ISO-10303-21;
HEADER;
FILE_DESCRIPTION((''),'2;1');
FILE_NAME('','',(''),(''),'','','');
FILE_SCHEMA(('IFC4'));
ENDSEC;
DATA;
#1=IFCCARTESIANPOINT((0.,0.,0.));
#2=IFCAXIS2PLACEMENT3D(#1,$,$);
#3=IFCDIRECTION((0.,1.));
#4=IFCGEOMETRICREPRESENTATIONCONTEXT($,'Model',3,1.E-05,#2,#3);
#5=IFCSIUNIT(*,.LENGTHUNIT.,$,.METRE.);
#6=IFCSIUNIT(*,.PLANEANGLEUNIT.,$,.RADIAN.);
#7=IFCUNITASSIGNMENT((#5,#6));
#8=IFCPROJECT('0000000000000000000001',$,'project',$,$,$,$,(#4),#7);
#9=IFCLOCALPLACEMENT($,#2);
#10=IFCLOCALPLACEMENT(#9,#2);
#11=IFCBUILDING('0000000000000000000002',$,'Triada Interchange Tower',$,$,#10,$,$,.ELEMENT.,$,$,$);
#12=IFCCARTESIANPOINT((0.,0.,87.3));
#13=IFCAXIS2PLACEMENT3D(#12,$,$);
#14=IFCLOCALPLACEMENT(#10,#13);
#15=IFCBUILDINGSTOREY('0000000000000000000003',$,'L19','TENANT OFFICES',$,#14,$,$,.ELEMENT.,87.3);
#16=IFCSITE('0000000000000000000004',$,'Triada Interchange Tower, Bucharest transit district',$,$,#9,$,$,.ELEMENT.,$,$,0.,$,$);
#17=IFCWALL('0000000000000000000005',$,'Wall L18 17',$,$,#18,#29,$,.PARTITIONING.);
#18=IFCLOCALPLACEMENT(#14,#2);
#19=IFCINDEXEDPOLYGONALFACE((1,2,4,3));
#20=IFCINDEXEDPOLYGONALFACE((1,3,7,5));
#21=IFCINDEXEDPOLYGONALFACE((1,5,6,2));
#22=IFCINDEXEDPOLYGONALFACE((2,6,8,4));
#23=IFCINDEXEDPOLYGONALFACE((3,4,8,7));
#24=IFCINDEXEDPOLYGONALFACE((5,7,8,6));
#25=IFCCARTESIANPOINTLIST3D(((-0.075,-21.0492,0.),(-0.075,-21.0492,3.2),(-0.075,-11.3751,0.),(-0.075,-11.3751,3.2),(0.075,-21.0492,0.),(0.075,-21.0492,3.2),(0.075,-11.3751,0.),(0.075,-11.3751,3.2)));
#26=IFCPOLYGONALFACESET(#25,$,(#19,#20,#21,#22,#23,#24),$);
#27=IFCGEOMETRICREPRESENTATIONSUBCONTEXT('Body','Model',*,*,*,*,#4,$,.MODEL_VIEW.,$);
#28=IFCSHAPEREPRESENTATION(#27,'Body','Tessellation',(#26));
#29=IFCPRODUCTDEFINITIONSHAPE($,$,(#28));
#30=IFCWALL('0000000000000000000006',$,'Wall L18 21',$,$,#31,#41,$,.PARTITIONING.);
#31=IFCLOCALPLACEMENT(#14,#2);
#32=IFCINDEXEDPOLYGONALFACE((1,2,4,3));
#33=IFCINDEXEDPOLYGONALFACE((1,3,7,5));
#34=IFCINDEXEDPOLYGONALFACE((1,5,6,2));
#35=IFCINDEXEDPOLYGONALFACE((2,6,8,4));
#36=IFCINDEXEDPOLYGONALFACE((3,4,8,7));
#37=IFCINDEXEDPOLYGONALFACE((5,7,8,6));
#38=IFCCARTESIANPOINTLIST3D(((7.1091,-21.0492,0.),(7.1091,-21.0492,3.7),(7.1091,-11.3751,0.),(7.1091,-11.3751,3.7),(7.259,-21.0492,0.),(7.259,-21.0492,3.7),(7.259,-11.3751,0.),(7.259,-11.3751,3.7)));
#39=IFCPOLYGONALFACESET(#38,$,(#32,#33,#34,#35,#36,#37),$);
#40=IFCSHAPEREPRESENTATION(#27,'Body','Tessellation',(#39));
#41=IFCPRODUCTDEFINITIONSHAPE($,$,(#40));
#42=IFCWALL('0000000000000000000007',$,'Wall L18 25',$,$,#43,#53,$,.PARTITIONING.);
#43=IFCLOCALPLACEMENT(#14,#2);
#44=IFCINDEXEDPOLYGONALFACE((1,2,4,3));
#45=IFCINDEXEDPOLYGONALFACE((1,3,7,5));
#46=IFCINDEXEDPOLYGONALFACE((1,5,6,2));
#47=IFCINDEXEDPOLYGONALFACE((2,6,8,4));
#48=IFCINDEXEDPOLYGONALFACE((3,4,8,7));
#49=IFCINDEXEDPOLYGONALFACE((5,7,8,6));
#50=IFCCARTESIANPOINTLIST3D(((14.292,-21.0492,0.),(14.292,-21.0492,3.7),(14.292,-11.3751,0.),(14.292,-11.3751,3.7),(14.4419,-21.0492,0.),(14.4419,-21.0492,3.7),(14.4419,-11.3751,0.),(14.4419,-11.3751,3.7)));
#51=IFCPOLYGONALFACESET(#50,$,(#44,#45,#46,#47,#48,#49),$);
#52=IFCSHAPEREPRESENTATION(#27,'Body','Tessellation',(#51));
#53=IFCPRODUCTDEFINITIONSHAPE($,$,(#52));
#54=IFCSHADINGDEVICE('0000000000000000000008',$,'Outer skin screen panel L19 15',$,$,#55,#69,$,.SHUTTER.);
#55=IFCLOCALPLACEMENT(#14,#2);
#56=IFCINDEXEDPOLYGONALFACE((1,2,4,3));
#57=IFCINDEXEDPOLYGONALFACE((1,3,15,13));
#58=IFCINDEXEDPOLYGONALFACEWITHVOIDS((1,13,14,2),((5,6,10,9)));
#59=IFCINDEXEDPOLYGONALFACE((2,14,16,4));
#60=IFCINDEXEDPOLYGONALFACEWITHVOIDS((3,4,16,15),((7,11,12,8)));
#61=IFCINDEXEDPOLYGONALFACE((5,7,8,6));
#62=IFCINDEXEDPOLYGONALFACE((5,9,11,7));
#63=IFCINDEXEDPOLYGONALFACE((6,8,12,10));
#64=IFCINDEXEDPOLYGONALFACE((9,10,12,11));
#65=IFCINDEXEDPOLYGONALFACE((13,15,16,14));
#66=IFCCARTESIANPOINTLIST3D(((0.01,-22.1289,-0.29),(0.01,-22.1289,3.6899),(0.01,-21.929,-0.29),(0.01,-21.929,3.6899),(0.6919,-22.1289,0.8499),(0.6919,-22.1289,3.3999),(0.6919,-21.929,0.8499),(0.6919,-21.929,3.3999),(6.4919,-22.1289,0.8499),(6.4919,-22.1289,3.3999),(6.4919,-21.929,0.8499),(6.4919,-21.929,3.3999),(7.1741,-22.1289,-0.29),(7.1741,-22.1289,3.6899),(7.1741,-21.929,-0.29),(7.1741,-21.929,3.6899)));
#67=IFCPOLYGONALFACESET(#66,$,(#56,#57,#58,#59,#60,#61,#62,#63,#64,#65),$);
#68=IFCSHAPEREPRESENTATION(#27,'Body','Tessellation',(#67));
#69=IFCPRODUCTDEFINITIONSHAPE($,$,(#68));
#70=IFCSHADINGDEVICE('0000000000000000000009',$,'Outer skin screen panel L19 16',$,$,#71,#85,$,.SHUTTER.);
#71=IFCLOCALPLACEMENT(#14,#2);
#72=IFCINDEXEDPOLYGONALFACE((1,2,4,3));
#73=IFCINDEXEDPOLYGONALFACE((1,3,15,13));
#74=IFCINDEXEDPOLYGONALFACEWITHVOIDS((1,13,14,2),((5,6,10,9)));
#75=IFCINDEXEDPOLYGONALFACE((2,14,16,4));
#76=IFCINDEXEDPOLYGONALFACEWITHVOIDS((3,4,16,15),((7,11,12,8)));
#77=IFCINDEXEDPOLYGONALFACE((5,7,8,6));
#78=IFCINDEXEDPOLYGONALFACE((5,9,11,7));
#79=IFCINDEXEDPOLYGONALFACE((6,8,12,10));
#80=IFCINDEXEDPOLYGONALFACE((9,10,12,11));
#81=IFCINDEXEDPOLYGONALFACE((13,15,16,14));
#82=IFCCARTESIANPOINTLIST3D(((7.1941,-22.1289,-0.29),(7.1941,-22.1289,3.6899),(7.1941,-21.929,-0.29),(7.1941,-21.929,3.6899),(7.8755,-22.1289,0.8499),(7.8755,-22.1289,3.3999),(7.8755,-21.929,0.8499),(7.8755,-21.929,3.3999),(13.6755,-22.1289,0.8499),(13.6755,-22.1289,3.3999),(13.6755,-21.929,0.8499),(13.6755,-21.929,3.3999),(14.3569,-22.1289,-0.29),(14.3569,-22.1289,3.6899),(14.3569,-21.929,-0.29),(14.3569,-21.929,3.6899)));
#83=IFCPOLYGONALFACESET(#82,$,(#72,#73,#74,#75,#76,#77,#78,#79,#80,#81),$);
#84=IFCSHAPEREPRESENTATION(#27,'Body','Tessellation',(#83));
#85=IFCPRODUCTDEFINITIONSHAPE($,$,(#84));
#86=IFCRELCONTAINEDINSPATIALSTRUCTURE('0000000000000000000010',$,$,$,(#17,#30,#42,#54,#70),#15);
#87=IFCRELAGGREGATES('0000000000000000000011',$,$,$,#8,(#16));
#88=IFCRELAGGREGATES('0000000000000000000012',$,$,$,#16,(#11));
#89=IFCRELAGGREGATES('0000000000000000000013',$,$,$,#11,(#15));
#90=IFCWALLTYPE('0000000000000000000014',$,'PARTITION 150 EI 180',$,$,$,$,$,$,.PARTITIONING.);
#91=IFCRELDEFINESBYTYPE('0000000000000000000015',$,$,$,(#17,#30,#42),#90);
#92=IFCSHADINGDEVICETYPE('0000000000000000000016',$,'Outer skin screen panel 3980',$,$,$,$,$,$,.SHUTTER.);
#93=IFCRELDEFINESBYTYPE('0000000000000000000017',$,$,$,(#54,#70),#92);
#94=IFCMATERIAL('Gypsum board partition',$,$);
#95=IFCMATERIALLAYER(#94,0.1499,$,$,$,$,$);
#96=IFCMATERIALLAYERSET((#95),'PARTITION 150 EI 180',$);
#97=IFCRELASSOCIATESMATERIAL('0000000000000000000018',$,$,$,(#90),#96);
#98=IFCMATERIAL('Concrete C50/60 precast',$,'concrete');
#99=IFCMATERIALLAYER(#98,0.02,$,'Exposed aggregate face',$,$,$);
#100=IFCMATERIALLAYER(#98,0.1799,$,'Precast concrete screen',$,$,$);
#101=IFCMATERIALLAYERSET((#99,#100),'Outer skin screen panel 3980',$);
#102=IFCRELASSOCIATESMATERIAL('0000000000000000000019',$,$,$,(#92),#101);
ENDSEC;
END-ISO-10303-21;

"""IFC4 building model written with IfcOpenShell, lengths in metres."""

from ifc_helpers import new_model, si_unit, direction, frame, frame_2d, origin, place, context, subcontext, project, spatial, polyline, rectangle, outline, extrude, material, layer, layer_set, type_object, element, save


model = new_model("IFC4")

# Units and contexts
model_context = context("Model", 3, precision=1e-05, world=origin(), true_north=direction((0.0, 1.0)))
body_context = subcontext(model_context, "Body", "Model", "MODEL_VIEW")
ifc_project = project(units=[si_unit("LENGTHUNIT", "METRE"), si_unit("PLANEANGLEUNIT", "RADIAN")], contexts=[model_context])

# Site, building, storey
site_placement = place(None, origin())
site = spatial("IfcSite", under=ifc_project, at=site_placement, Name="Triada Interchange Tower, Bucharest transit district", CompositionType="ELEMENT", RefElevation=0.0)
building_placement = place(site_placement, origin())
building = spatial("IfcBuilding", under=site, at=building_placement, Name="Triada Interchange Tower", CompositionType="ELEMENT")
storey_placement = place(building_placement, frame((0.0, 0.0, 87.3)))
storey = spatial("IfcBuildingStorey", under=building, at=storey_placement, Name="L19", Description="TENANT OFFICES", CompositionType="ELEMENT", Elevation=87.3)

# Walls
ifc_material_1 = material(Name="Gypsum board partition")
ifc_layer_1 = layer(ifc_material_1, 0.1499)
ifc_layer_set_1 = layer_set([ifc_layer_1], Name="PARTITION 150 EI 180")
wall_type_1 = type_object("IfcWallType", Name="PARTITION 150 EI 180", PredefinedType="PARTITIONING", material=ifc_layer_set_1)
wall_1_placement = place(storey_placement, frame((0.0, -21.0491, 0.0), z_axis=(0.0, 0.0, 1.0), x_axis=(0.0, 1.0, 0.0)))
element("IfcWall", 1, at=wall_1_placement, inside=storey, type_object=wall_type_1, Name="Wall L18 17", PredefinedType="PARTITIONING", context=body_context, shape_type="SweptSolid", body=[
    extrude(rectangle(XDim=9.6741, YDim=0.1499, at=frame_2d((4.8369, 0.0))), origin(), (0.0, 0.0, 1.0), 3.2),
])
for number, where, z_axis, x_axis, name in (
    (2, (7.1841, -21.0491, 0.0), (0.0, 0.0, 1.0), (0.0, 1.0, 0.0), "Wall L18 21"),
    (3, (14.3669, -21.0491, 0.0), (0.0, 0.0, 1.0), (0.0, 1.0, 0.0), "Wall L18 25"),
):
    element("IfcWall", number, at=place(storey_placement, frame(where, z_axis=z_axis, x_axis=x_axis)), inside=storey, type_object=wall_type_1, Name=name, PredefinedType="PARTITIONING", context=body_context, shape_type="SweptSolid", body=[
        extrude(rectangle(XDim=9.6741, YDim=0.1499, at=frame_2d((4.8369, 0.0))), origin(), (0.0, 0.0, 1.0), 3.7),
    ])

# Shading devices
ifc_material_2 = material(Name="Concrete C50/60 precast", Category="concrete")
ifc_layer_2 = layer(ifc_material_2, 0.02, Name="Exposed aggregate face")
ifc_layer_3 = layer(ifc_material_2, 0.1799, Name="Precast concrete screen")
ifc_layer_set_2 = layer_set([ifc_layer_2, ifc_layer_3], Name="Outer skin screen panel 3980")
shading_device_type = type_object("IfcShadingDeviceType", Name="Outer skin screen panel 3980", PredefinedType="SHUTTER", material=ifc_layer_set_2)
shading_device_1_placement = place(storey_placement, frame((0.01, -21.929, -0.29), z_axis=(0.0, 0.0, 1.0), x_axis=(1.0, 0.0, 0.0)))
element("IfcShadingDevice", 4, at=shading_device_1_placement, inside=storey, type_object=shading_device_type, Name="Outer skin screen panel L19 15", PredefinedType="SHUTTER", context=body_context, shape_type="SweptSolid", body=[
    extrude(outline(polyline([(0.0, 0.0), (7.1641, 0.0), (7.1641, 3.98), (0.0, 3.98), (0.0, 0.0)]), holes=[polyline([(0.6819, 1.1399), (0.6819, 3.6899), (6.4819, 3.6899), (6.4819, 1.1399), (0.6819, 1.1399)])]), frame((0.0, 0.0, 0.0), z_axis=(0.0, -1.0, 0.0), x_axis=(1.0, 0.0, 0.0)), (0.0, 0.0, 1.0), 0.2),
])
shading_device_2_placement = place(storey_placement, frame((7.1941, -21.929, -0.29), z_axis=(0.0, 0.0, 1.0), x_axis=(1.0, 0.0, 0.0)))
element("IfcShadingDevice", 5, at=shading_device_2_placement, inside=storey, type_object=shading_device_type, Name="Outer skin screen panel L19 16", PredefinedType="SHUTTER", context=body_context, shape_type="SweptSolid", body=[
    extrude(outline(polyline([(0.0, 0.0), (7.1628, 0.0), (7.1628, 3.98), (0.0, 3.98), (0.0, 0.0)]), holes=[polyline([(0.6814, 1.1399), (0.6814, 3.6899), (6.4814, 3.6899), (6.4814, 1.1399), (0.6814, 1.1399)])]), frame((0.0, 0.0, 0.0), z_axis=(0.0, -1.0, 0.0), x_axis=(1.0, 0.0, 0.0)), (0.0, 0.0, 1.0), 0.2),
])

save(model, "model.ifc")
